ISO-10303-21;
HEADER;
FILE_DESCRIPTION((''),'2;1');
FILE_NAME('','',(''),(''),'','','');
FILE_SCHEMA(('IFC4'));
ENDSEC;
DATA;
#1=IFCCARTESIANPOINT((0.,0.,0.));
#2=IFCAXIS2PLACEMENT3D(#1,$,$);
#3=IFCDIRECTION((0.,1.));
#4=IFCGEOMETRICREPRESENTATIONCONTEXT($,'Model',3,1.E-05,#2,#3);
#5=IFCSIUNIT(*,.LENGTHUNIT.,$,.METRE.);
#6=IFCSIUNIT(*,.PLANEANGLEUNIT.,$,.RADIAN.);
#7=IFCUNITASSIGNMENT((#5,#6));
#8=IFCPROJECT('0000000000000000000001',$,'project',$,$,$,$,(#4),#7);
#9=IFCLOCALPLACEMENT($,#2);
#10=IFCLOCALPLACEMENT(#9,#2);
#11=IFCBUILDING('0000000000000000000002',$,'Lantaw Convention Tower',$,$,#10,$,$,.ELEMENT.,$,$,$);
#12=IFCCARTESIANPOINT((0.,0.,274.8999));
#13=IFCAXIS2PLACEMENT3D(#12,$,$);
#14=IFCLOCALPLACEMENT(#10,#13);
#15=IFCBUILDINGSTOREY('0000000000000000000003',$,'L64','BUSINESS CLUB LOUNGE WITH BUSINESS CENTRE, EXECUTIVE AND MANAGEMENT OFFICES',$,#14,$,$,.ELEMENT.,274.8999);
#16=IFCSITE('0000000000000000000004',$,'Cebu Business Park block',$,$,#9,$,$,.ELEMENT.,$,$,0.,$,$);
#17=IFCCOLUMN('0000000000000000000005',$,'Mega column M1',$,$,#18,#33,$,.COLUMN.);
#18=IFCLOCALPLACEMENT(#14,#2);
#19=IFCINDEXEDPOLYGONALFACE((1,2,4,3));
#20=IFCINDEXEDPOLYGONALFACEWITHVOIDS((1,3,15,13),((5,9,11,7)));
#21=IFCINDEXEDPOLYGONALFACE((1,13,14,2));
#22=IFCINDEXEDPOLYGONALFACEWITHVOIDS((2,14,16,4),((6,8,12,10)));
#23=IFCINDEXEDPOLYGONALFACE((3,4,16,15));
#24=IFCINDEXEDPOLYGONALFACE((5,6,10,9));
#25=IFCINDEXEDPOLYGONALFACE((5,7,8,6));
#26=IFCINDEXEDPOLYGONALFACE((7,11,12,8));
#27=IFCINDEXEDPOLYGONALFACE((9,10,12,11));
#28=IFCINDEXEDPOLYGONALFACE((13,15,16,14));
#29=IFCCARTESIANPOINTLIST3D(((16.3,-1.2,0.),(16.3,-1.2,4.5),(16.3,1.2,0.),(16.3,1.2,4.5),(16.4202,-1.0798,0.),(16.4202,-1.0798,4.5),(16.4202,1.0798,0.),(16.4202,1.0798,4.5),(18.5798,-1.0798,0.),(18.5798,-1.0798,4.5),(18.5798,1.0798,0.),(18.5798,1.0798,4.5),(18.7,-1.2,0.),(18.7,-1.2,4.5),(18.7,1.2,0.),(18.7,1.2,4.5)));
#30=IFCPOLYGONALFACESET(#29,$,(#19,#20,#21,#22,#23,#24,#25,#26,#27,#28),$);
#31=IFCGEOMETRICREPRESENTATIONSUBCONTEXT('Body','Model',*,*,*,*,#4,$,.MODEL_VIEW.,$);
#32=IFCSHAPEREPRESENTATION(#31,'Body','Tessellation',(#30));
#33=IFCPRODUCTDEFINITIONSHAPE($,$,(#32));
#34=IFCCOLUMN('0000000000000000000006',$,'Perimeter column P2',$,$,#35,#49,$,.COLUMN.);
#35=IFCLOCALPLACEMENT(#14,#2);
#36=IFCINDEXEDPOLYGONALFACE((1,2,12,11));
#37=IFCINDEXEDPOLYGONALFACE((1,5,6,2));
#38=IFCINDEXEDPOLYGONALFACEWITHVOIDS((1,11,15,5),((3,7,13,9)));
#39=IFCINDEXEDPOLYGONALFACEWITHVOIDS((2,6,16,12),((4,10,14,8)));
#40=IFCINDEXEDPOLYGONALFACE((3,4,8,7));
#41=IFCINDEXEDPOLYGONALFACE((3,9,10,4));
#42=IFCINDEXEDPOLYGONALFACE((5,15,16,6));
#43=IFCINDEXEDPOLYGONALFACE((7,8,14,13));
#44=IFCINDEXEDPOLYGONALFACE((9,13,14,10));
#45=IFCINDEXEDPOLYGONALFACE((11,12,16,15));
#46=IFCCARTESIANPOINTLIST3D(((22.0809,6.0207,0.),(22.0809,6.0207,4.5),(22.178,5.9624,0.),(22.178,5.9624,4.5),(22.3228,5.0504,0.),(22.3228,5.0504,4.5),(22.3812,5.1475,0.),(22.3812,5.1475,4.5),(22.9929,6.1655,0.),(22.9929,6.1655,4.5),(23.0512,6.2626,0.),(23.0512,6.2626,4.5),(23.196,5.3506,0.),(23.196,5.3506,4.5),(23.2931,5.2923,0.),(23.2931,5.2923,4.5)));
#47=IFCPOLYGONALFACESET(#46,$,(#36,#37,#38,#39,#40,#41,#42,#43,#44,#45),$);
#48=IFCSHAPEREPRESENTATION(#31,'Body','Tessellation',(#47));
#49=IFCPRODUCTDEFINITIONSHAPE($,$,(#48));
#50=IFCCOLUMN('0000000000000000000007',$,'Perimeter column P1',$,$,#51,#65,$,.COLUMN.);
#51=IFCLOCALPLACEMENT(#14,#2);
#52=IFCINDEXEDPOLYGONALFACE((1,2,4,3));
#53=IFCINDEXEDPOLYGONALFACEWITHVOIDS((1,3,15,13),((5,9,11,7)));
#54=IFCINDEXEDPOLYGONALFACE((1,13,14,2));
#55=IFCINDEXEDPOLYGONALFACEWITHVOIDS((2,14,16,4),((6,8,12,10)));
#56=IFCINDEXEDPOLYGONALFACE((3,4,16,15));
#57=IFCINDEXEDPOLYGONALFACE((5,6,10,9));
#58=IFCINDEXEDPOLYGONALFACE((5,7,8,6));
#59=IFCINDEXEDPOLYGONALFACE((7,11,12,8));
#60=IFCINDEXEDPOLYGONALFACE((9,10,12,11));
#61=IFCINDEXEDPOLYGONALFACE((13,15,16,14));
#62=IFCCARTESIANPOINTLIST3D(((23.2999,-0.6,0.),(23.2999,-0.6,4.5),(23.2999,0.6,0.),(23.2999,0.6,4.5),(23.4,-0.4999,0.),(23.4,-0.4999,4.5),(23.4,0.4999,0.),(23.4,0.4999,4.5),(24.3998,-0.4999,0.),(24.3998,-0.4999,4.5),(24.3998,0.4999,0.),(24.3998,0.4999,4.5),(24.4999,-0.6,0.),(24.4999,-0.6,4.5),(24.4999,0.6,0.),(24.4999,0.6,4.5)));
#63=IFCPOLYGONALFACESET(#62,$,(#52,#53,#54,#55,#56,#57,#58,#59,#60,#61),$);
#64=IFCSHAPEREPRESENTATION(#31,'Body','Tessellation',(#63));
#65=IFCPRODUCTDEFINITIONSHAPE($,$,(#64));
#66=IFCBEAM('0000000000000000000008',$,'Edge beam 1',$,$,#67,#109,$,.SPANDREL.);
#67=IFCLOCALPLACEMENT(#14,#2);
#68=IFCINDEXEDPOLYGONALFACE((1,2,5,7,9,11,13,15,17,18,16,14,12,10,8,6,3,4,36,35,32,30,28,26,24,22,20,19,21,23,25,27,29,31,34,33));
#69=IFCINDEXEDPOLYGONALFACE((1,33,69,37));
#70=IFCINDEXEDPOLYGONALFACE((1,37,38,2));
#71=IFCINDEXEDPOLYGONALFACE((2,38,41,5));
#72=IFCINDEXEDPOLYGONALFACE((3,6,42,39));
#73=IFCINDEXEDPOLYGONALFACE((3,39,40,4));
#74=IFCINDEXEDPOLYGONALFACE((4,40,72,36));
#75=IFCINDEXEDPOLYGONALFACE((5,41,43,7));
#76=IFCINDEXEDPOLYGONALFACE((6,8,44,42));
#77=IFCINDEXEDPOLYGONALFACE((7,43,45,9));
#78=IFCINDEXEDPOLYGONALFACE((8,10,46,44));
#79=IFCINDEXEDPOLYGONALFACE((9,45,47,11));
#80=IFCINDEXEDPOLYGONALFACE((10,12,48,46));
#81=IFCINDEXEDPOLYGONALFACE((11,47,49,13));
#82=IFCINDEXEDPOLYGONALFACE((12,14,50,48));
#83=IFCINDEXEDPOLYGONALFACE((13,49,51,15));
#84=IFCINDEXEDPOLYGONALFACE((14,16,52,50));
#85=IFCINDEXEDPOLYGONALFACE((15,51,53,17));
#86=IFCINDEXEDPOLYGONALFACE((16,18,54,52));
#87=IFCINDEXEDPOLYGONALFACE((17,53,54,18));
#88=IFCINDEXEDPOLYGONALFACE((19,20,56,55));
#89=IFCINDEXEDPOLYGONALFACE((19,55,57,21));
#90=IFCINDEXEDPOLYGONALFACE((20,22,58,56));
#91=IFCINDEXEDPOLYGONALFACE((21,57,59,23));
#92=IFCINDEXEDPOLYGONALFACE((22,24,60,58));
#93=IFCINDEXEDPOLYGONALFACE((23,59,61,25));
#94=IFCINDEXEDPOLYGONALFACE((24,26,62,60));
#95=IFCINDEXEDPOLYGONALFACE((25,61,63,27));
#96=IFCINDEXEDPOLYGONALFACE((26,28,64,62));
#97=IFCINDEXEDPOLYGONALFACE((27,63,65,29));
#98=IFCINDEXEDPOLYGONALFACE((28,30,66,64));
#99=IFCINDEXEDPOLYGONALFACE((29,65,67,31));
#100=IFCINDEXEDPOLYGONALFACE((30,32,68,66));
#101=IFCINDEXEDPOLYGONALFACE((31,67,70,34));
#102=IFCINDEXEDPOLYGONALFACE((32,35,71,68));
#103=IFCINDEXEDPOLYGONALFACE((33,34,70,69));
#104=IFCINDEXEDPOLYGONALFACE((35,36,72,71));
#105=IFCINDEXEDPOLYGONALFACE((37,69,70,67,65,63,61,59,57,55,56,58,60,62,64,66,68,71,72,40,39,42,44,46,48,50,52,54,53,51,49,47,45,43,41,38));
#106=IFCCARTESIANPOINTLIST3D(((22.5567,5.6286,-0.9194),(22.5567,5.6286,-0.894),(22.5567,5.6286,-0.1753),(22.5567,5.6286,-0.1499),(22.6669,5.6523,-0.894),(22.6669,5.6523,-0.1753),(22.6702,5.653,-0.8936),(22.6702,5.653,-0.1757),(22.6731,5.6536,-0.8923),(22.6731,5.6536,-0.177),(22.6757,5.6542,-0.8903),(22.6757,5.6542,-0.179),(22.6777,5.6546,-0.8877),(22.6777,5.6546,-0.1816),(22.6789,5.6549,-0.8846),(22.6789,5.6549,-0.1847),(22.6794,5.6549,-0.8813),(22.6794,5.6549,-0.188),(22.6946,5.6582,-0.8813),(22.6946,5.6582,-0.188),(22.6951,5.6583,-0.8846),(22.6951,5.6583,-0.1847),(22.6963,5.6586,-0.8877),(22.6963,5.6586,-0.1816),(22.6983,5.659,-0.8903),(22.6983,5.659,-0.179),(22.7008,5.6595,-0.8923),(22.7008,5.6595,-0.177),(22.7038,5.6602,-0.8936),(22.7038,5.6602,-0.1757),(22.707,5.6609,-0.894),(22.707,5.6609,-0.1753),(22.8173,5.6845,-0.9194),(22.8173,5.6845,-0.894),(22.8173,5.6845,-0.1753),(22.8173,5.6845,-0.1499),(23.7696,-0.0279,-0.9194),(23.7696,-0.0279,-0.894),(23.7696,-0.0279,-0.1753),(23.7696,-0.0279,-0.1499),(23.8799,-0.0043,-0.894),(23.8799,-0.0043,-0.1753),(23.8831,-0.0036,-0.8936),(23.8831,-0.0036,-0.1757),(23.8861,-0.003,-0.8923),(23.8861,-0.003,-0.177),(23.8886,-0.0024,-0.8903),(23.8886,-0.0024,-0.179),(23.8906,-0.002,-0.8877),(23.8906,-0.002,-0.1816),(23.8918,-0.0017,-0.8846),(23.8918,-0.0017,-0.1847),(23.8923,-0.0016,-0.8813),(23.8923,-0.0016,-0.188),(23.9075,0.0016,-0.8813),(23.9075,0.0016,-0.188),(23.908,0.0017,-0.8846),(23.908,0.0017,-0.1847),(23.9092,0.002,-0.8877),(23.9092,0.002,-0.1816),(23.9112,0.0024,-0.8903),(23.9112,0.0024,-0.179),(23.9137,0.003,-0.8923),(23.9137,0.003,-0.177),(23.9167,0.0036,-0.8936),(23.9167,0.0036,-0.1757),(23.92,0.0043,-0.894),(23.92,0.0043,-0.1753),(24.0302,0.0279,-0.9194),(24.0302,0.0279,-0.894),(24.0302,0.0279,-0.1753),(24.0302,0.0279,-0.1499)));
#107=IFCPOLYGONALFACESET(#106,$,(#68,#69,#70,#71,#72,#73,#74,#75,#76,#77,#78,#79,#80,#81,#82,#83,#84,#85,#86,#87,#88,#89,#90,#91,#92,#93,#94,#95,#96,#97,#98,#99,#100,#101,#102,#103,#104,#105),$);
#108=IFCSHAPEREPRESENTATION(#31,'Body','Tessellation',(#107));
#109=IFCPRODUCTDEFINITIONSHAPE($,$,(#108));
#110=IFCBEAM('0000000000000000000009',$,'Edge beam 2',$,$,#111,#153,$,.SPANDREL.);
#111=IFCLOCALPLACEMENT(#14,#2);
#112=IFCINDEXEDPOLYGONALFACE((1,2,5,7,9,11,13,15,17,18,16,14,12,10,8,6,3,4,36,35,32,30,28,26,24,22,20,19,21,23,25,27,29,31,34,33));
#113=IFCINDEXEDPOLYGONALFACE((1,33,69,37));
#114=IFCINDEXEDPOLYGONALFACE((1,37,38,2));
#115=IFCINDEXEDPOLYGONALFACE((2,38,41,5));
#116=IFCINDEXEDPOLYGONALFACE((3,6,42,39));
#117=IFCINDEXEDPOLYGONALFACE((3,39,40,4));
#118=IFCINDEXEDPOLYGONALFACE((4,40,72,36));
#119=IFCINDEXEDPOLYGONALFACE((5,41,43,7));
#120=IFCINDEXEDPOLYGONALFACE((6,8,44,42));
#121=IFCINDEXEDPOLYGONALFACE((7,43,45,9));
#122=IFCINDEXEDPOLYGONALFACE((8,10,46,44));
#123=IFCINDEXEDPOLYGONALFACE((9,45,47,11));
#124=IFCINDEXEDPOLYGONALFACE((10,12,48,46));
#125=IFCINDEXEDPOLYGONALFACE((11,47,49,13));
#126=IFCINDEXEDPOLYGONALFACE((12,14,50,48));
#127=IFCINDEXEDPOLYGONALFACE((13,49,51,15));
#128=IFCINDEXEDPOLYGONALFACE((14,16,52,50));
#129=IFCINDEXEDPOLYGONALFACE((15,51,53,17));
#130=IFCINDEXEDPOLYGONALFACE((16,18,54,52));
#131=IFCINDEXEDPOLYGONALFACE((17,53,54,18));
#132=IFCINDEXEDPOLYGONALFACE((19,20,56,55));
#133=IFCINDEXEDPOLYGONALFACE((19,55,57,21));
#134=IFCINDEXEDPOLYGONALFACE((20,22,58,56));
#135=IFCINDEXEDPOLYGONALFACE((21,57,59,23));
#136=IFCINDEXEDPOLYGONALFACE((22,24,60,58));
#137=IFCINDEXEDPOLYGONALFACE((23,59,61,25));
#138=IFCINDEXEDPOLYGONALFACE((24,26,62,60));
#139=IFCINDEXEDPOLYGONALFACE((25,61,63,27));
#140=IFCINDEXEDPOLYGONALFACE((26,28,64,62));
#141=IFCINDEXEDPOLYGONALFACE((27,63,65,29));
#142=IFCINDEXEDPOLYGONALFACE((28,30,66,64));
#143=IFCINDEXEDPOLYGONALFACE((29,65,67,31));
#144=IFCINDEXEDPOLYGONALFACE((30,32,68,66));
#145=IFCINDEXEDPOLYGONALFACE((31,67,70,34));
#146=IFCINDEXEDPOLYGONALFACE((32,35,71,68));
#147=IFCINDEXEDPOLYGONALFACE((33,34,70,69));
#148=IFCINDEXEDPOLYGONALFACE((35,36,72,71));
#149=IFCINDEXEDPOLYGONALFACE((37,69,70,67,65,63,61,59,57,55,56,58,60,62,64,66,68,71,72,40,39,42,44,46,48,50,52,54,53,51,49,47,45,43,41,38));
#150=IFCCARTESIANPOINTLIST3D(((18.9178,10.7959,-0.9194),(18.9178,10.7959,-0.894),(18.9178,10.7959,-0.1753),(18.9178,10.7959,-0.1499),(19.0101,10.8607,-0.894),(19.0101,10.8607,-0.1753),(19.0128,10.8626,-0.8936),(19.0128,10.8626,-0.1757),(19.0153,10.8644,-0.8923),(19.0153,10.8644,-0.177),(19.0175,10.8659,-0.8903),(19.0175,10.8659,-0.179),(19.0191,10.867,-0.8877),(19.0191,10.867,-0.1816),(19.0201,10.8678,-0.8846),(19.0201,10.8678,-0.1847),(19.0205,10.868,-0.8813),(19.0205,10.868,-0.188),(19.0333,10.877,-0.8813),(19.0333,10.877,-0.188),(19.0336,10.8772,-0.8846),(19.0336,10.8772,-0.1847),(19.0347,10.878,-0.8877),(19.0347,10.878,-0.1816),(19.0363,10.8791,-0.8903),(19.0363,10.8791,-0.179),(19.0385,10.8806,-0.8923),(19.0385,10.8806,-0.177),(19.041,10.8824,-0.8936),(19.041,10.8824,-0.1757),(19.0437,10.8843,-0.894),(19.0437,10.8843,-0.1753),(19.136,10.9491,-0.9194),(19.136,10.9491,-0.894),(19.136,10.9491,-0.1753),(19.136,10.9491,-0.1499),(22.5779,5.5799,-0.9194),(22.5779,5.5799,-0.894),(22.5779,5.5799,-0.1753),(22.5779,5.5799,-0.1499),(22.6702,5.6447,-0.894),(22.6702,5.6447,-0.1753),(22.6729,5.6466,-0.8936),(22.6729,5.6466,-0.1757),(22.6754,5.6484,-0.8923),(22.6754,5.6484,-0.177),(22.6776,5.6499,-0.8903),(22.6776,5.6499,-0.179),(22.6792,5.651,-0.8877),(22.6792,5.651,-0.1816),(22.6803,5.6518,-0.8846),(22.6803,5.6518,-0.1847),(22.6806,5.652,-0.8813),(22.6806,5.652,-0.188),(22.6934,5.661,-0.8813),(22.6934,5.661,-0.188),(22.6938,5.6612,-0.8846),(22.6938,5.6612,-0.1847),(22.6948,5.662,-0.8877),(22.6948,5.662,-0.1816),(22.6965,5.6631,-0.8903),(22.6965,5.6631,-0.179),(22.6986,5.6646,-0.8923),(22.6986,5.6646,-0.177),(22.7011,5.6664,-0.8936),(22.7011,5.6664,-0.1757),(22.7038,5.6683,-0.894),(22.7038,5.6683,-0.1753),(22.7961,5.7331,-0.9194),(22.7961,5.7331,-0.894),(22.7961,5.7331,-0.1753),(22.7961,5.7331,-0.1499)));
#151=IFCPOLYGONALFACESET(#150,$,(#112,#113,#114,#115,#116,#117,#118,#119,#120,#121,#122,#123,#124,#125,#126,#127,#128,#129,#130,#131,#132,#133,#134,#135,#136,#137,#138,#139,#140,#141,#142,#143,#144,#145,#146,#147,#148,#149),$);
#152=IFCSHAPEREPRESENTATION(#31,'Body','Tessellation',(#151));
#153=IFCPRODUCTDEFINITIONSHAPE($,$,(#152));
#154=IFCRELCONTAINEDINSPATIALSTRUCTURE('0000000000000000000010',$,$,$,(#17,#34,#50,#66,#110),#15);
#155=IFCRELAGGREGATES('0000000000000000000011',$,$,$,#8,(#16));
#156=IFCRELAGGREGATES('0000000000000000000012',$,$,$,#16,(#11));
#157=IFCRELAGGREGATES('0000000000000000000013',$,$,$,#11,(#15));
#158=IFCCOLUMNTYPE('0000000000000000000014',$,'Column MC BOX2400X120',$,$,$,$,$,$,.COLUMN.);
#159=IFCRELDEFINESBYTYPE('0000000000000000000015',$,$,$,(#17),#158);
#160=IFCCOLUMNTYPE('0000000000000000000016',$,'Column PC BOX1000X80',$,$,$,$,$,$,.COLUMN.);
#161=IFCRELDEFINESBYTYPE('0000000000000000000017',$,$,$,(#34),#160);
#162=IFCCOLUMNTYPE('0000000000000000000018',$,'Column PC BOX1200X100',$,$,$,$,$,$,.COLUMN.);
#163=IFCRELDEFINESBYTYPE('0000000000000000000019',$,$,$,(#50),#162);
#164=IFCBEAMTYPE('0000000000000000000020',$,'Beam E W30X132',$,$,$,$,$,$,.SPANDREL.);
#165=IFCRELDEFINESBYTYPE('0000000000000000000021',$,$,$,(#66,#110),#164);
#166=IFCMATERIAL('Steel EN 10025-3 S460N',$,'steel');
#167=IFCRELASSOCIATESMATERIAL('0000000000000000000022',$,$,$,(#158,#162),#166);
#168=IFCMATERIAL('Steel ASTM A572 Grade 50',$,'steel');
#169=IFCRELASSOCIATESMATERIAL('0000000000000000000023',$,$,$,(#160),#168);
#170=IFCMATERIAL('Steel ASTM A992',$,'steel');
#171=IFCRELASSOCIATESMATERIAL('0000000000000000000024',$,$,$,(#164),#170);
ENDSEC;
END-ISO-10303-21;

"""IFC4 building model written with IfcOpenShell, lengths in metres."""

from ifc_helpers import new_model, si_unit, direction, frame, origin, origin_2d, place, context, subcontext, project, spatial, rectangle, hollow_rectangle, i_section, extrude, material, material_profile, profile_set, type_object, element, save


model = new_model("IFC4")

# Units and contexts
model_context = context("Model", 3, precision=1e-05, world=origin(), true_north=direction((0.0, 1.0)))
body_context = subcontext(model_context, "Body", "Model", "MODEL_VIEW")
ifc_project = project(units=[si_unit("LENGTHUNIT", "METRE"), si_unit("PLANEANGLEUNIT", "RADIAN")], contexts=[model_context])

# Site, building, storey
site_placement = place(None, origin())
site = spatial("IfcSite", under=ifc_project, at=site_placement, Name="Cebu Business Park block", CompositionType="ELEMENT", RefElevation=0.0)
building_placement = place(site_placement, origin())
building = spatial("IfcBuilding", under=site, at=building_placement, Name="Lantaw Convention Tower", CompositionType="ELEMENT")
storey_placement = place(building_placement, frame((0.0, 0.0, 274.8999)))
storey = spatial("IfcBuildingStorey", under=building, at=storey_placement, Name="L64", Description="BUSINESS CLUB LOUNGE WITH BUSINESS CENTRE, EXECUTIVE AND MANAGEMENT OFFICES", CompositionType="ELEMENT", Elevation=274.8999)

# Columns
ifc_material_1 = material(Name="Steel EN 10025-3 S460N", Category="steel")
ifc_material_profile_1 = material_profile(ifc_material_1, hollow_rectangle(XDim=2.3999, YDim=2.3999, WallThickness=0.1201, at=origin_2d()), Name="BOX2400X120")
ifc_material_2 = material(Name="Concrete C60/75", Category="concrete")
ifc_material_profile_2 = material_profile(ifc_material_2, rectangle(XDim=2.1599, YDim=2.1599, at=origin_2d()), Name="Concrete fill of BOX2400X120")
ifc_profile_set_1 = profile_set([ifc_material_profile_1, ifc_material_profile_2], Name="Steel EN 10025-3 S460N")
column_type_1 = type_object("IfcColumnType", Name="Column MC BOX2400X120", PredefinedType="COLUMN", material=ifc_profile_set_1)
column_1_placement = place(storey_placement, frame((17.5, 0.0, 0.0), z_axis=(0.0, 0.0, 1.0), x_axis=(1.0, 0.0, 0.0)))
element("IfcColumn", 1, at=column_1_placement, inside=storey, type_object=column_type_1, Name="Mega column M1", PredefinedType="COLUMN", context=body_context, shape_type="SweptSolid", body=[
    extrude(hollow_rectangle(XDim=2.3999, YDim=2.3999, WallThickness=0.1201, at=origin_2d()), origin(), (0.0, 0.0, 1.0), 4.5),
])
ifc_material_3 = material(Name="Steel ASTM A572 Grade 50", Category="steel")
ifc_material_profile_3 = material_profile(ifc_material_3, hollow_rectangle(XDim=1.0, YDim=1.0, WallThickness=0.0801, at=origin_2d()), Name="BOX1000X80")
ifc_material_profile_4 = material_profile(ifc_material_2, rectangle(XDim=0.8401, YDim=0.8401, at=origin_2d()), Name="Concrete fill of BOX1000X80")
ifc_profile_set_2 = profile_set([ifc_material_profile_3, ifc_material_profile_4], Name="Steel ASTM A572 Grade 50")
column_type_2 = type_object("IfcColumnType", Name="Column PC BOX1000X80", PredefinedType="COLUMN", material=ifc_profile_set_2)
column_2_placement = place(storey_placement, frame((22.687, 5.6565, 0.0), z_axis=(0.0, 0.0, 1.0), x_axis=(0.970296, 0.241922, 0.0)))
element("IfcColumn", 2, at=column_2_placement, inside=storey, type_object=column_type_2, Name="Perimeter column P2", PredefinedType="COLUMN", context=body_context, shape_type="SweptSolid", body=[
    extrude(hollow_rectangle(XDim=1.0, YDim=1.0, WallThickness=0.0801, at=origin_2d()), origin(), (0.0, 0.0, 1.0), 4.5),
])
ifc_material_profile_5 = material_profile(ifc_material_1, hollow_rectangle(XDim=1.2, YDim=1.2, WallThickness=0.1001, at=origin_2d()), Name="BOX1200X100")
ifc_material_profile_6 = material_profile(ifc_material_2, rectangle(XDim=1.0, YDim=1.0, at=origin_2d()), Name="Concrete fill of BOX1200X100")
ifc_profile_set_3 = profile_set([ifc_material_profile_5, ifc_material_profile_6], Name="Steel EN 10025-3 S460N")
column_type_3 = type_object("IfcColumnType", Name="Column PC BOX1200X100", PredefinedType="COLUMN", material=ifc_profile_set_3)
column_3_placement = place(storey_placement, frame((23.8999, 0.0, 0.0), z_axis=(0.0, 0.0, 1.0), x_axis=(1.0, 0.0, 0.0)))
element("IfcColumn", 3, at=column_3_placement, inside=storey, type_object=column_type_3, Name="Perimeter column P1", PredefinedType="COLUMN", context=body_context, shape_type="SweptSolid", body=[
    extrude(hollow_rectangle(XDim=1.2, YDim=1.2, WallThickness=0.1001, at=origin_2d()), origin(), (0.0, 0.0, 1.0), 4.5),
])

# Beams
ifc_material_4 = material(Name="Steel ASTM A992", Category="steel")
ifc_material_profile_7 = material_profile(ifc_material_4, i_section(OverallWidth=0.2666, OverallDepth=0.7695, WebThickness=0.0156, FlangeThickness=0.0254, FilletRadius=0.0127, at=origin_2d()), Name="W30X132")
ifc_profile_set_4 = profile_set([ifc_material_profile_7], Name="Steel ASTM A992")
beam_type_1 = type_object("IfcBeamType", Name="Beam E W30X132", PredefinedType="SPANDREL", material=ifc_profile_set_4)
beam_1_placement = place(storey_placement, frame((23.8999, 0.0, -0.5347), z_axis=(-0.209659, 0.977775, 0.0), x_axis=(-0.977775, -0.209659, 0.0)))
element("IfcBeam", 4, at=beam_1_placement, inside=storey, type_object=beam_type_1, Name="Edge beam 1", PredefinedType="SPANDREL", context=body_context, shape_type="SweptSolid", body=[
    extrude(i_section(OverallWidth=0.2666, OverallDepth=0.7695, WebThickness=0.0156, FlangeThickness=0.0254, FilletRadius=0.0127, at=origin_2d()), origin(), (0.0, 0.0, 1.0), 5.7852),
])
beam_2_placement = place(storey_placement, frame((22.687, 5.6565, -0.5347), z_axis=(-0.574401, 0.818574, 0.0), x_axis=(-0.818574, -0.574401, 0.0)))
element("IfcBeam", 5, at=beam_2_placement, inside=storey, type_object=beam_type_1, Name="Edge beam 2", PredefinedType="SPANDREL", context=body_context, shape_type="SweptSolid", body=[
    extrude(i_section(OverallWidth=0.2666, OverallDepth=0.7695, WebThickness=0.0156, FlangeThickness=0.0254, FilletRadius=0.0127, at=origin_2d()), origin(), (0.0, 0.0, 1.0), 6.3721),
])

save(model, "model.ifc")
